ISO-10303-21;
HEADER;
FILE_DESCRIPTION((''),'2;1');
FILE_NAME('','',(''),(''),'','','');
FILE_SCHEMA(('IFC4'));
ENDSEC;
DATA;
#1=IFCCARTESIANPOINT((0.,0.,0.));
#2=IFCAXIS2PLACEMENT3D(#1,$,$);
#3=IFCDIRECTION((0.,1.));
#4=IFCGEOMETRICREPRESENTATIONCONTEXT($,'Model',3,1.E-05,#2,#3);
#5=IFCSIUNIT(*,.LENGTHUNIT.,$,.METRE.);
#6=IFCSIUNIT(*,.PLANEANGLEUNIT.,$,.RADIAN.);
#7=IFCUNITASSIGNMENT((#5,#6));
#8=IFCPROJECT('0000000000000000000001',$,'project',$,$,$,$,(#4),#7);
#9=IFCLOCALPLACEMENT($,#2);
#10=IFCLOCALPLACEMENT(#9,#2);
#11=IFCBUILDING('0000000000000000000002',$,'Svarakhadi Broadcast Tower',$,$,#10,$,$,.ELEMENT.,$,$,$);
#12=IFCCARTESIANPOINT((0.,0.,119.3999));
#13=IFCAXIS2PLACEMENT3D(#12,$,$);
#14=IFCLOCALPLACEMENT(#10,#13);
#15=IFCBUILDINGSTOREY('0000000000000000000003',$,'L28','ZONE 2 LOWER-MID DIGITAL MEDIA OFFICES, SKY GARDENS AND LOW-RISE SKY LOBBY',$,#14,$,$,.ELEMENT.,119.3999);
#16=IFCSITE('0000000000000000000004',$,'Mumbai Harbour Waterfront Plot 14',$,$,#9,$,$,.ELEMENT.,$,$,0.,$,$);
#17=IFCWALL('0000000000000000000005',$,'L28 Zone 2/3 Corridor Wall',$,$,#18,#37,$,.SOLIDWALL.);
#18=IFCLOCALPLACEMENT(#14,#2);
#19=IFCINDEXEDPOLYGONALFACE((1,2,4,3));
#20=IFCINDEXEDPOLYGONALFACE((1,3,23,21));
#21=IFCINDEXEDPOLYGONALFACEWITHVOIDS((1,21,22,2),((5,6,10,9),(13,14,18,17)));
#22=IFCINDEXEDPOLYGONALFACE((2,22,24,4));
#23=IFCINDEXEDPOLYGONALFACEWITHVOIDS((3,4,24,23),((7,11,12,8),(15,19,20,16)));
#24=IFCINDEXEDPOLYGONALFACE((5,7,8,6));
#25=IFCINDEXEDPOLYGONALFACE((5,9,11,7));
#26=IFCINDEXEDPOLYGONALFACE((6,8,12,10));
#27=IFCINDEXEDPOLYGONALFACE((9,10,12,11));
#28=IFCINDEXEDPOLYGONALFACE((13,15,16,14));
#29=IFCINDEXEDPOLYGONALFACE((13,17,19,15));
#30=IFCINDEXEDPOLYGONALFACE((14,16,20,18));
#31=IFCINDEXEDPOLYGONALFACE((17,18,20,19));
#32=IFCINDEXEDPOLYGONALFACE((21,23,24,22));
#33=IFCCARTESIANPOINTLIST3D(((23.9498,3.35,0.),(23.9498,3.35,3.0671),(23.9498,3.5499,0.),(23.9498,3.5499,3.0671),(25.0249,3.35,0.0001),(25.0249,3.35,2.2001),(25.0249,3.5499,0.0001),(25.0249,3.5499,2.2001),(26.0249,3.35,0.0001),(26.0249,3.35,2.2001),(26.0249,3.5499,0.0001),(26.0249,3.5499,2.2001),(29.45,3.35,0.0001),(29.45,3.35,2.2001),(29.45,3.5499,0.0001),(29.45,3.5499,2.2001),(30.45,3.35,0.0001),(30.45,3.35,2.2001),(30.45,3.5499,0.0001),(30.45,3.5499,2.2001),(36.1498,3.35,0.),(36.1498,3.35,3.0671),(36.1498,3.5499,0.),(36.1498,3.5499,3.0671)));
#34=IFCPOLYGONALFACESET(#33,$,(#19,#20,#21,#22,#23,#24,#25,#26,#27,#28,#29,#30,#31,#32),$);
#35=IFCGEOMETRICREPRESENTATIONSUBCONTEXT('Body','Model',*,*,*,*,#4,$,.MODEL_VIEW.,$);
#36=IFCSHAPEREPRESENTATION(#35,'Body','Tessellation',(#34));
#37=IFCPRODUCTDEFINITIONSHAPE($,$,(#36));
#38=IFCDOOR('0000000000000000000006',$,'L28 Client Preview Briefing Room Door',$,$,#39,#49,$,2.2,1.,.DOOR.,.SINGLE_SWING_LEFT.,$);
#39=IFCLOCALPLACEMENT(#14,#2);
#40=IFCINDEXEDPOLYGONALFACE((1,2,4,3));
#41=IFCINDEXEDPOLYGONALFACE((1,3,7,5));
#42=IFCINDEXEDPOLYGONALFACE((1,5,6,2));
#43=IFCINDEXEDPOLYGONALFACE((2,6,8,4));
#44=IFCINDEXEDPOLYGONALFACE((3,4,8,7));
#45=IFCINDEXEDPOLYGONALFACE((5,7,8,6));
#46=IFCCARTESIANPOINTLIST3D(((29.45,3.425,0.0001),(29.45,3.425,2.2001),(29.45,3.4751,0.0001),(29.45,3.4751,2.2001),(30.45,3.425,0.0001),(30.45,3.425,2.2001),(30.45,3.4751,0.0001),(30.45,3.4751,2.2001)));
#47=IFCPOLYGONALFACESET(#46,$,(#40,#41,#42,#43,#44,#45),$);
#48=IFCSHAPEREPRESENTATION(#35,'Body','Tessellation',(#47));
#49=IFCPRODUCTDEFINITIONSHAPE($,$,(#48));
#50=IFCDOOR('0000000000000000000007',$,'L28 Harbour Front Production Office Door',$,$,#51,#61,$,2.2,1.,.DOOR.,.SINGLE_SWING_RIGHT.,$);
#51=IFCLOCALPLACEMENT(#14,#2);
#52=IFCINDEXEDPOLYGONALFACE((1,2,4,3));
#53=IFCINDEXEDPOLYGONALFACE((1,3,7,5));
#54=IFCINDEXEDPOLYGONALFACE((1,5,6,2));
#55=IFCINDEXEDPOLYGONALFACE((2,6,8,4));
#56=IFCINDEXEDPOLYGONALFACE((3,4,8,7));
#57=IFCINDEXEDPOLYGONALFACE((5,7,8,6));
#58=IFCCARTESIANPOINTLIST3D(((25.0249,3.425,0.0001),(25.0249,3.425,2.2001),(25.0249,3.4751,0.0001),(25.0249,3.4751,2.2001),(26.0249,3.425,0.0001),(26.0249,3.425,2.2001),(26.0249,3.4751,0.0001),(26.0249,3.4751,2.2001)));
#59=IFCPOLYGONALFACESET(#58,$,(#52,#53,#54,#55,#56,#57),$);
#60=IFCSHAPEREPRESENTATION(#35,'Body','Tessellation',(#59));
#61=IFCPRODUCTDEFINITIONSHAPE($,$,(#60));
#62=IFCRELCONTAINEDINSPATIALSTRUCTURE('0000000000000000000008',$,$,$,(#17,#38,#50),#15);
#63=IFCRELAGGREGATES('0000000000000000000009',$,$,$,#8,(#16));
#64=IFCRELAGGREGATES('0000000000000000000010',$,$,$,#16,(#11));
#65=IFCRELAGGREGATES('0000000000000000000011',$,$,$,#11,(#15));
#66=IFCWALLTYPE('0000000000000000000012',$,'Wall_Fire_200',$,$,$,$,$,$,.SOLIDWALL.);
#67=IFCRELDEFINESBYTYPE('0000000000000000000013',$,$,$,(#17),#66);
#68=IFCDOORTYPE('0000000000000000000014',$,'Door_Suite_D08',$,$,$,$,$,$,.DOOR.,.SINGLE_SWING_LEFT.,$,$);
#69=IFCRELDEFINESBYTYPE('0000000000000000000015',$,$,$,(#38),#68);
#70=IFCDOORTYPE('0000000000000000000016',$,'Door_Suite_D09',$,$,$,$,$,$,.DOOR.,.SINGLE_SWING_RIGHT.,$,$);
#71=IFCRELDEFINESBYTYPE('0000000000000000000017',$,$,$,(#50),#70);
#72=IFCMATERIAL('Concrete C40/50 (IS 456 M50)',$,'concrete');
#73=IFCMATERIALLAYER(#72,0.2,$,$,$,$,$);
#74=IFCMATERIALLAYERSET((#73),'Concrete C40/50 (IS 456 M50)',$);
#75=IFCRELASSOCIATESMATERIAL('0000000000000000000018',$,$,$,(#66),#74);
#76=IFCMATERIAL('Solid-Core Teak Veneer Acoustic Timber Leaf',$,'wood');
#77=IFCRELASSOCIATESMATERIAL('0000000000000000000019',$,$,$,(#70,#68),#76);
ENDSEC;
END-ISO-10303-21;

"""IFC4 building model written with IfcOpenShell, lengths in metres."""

from ifc_helpers import new_model, si_unit, direction, frame, frame_2d, origin, place, context, subcontext, project, spatial, rectangle, extrude, material, layer, layer_set, type_object, element, fill, save


model = new_model("IFC4")

# Units and contexts
model_context = context("Model", 3, precision=1e-05, world=origin(), true_north=direction((0.0, 1.0)))
body_context = subcontext(model_context, "Body", "Model", "MODEL_VIEW")
ifc_project = project(units=[si_unit("LENGTHUNIT", "METRE"), si_unit("PLANEANGLEUNIT", "RADIAN")], contexts=[model_context])

# Site, building, storey
site_placement = place(None, origin())
site = spatial("IfcSite", under=ifc_project, at=site_placement, Name="Mumbai Harbour Waterfront Plot 14", CompositionType="ELEMENT", RefElevation=0.0)
building_placement = place(site_placement, origin())
building = spatial("IfcBuilding", under=site, at=building_placement, Name="Svarakhadi Broadcast Tower", CompositionType="ELEMENT")
storey_placement = place(building_placement, frame((0.0, 0.0, 119.3999)))
storey = spatial("IfcBuildingStorey", under=building, at=storey_placement, Name="L28", Description="ZONE 2 LOWER-MID DIGITAL MEDIA OFFICES, SKY GARDENS AND LOW-RISE SKY LOBBY", CompositionType="ELEMENT", Elevation=119.3999)

# Shared definitions
ifc_material_1 = material(Name="Concrete C40/50 (IS 456 M50)", Category="concrete")
ifc_layer_1 = layer(ifc_material_1, 0.2)
ifc_layer_set_1 = layer_set([ifc_layer_1], Name="Concrete C40/50 (IS 456 M50)")
wall_type_1 = type_object("IfcWallType", Name="Wall_Fire_200", PredefinedType="SOLIDWALL", material=ifc_layer_set_1)
ifc_material_2 = material(Name="Solid-Core Teak Veneer Acoustic Timber Leaf", Category="wood")
door_type_1 = type_object("IfcDoorType", Name="Door_Suite_D09", OperationType="SINGLE_SWING_RIGHT", PredefinedType="DOOR", material=ifc_material_2)

# Shared definitions
door_type_2 = type_object("IfcDoorType", Name="Door_Suite_D08", OperationType="SINGLE_SWING_LEFT", PredefinedType="DOOR", material=ifc_material_2)

# Wall, openings, doors
wall_1_placement = place(storey_placement, frame((36.1499, 3.45, 0.0), z_axis=(0.0, 0.0, 1.0), x_axis=(-1.0, 0.0, 0.0)))
wall_1 = element("IfcWall", 1, at=wall_1_placement, inside=storey, type_object=wall_type_1, Name="L28 Zone 2/3 Corridor Wall", PredefinedType="SOLIDWALL", context=body_context, shape_type="SweptSolid", body=[
    extrude(rectangle(XDim=12.2, YDim=0.2, at=frame_2d((6.1001, 0.0))), origin(), (0.0, 0.0, 1.0), 3.0671),
])
opening_1_placement = place(wall_1_placement, frame((10.125, 0.0, 0.0)))
opening_1 = element("IfcOpeningElement", 2, at=opening_1_placement, cuts=wall_1, PredefinedType="OPENING", context=body_context, shape_type="SweptSolid", body=[
    extrude(rectangle(XDim=1.0, YDim=2.2, at=frame_2d((0.5, 1.1001))), frame((0.0, 0.1099, 0.0), z_axis=(0.0, -1.0, 0.0), x_axis=(1.0, 0.0, 0.0)), (0.0, 0.0, 1.0), 0.22),
])
opening_2_placement = place(wall_1_placement, frame((5.7, 0.0, 0.0)))
opening_2 = element("IfcOpeningElement", 3, at=opening_2_placement, cuts=wall_1, PredefinedType="OPENING", context=body_context, shape_type="SweptSolid", body=[
    extrude(rectangle(XDim=1.0, YDim=2.2, at=frame_2d((0.5, 1.1001))), frame((0.0, 0.1099, 0.0), z_axis=(0.0, -1.0, 0.0), x_axis=(1.0, 0.0, 0.0)), (0.0, 0.0, 1.0), 0.22),
])
door_1_placement = place(opening_2_placement, origin())
door_1 = element("IfcDoor", 4, at=door_1_placement, inside=storey, type_object=door_type_2, Name="L28 Client Preview Briefing Room Door", OperationType="SINGLE_SWING_LEFT", OverallHeight=2.2, OverallWidth=1.0, PredefinedType="DOOR", context=body_context, shape_type="SweptSolid", body=[
    extrude(rectangle(XDim=1.0, YDim=2.2, at=frame_2d((0.5, 1.1001))), frame((0.0, 0.0249, 0.0), z_axis=(0.0, -1.0, 0.0), x_axis=(1.0, 0.0, 0.0)), (0.0, 0.0, 1.0), 0.05),
])
fill(opening_2, door_1)
door_2_placement = place(opening_1_placement, origin())
door_2 = element("IfcDoor", 5, at=door_2_placement, inside=storey, type_object=door_type_1, Name="L28 Harbour Front Production Office Door", OperationType="SINGLE_SWING_RIGHT", OverallHeight=2.2, OverallWidth=1.0, PredefinedType="DOOR", context=body_context, shape_type="SweptSolid", body=[
    extrude(rectangle(XDim=1.0, YDim=2.2, at=frame_2d((0.5, 1.1001))), frame((0.0, 0.0249, 0.0), z_axis=(0.0, -1.0, 0.0), x_axis=(1.0, 0.0, 0.0)), (0.0, 0.0, 1.0), 0.05),
])
fill(opening_1, door_2)

save(model, "model.ifc")
